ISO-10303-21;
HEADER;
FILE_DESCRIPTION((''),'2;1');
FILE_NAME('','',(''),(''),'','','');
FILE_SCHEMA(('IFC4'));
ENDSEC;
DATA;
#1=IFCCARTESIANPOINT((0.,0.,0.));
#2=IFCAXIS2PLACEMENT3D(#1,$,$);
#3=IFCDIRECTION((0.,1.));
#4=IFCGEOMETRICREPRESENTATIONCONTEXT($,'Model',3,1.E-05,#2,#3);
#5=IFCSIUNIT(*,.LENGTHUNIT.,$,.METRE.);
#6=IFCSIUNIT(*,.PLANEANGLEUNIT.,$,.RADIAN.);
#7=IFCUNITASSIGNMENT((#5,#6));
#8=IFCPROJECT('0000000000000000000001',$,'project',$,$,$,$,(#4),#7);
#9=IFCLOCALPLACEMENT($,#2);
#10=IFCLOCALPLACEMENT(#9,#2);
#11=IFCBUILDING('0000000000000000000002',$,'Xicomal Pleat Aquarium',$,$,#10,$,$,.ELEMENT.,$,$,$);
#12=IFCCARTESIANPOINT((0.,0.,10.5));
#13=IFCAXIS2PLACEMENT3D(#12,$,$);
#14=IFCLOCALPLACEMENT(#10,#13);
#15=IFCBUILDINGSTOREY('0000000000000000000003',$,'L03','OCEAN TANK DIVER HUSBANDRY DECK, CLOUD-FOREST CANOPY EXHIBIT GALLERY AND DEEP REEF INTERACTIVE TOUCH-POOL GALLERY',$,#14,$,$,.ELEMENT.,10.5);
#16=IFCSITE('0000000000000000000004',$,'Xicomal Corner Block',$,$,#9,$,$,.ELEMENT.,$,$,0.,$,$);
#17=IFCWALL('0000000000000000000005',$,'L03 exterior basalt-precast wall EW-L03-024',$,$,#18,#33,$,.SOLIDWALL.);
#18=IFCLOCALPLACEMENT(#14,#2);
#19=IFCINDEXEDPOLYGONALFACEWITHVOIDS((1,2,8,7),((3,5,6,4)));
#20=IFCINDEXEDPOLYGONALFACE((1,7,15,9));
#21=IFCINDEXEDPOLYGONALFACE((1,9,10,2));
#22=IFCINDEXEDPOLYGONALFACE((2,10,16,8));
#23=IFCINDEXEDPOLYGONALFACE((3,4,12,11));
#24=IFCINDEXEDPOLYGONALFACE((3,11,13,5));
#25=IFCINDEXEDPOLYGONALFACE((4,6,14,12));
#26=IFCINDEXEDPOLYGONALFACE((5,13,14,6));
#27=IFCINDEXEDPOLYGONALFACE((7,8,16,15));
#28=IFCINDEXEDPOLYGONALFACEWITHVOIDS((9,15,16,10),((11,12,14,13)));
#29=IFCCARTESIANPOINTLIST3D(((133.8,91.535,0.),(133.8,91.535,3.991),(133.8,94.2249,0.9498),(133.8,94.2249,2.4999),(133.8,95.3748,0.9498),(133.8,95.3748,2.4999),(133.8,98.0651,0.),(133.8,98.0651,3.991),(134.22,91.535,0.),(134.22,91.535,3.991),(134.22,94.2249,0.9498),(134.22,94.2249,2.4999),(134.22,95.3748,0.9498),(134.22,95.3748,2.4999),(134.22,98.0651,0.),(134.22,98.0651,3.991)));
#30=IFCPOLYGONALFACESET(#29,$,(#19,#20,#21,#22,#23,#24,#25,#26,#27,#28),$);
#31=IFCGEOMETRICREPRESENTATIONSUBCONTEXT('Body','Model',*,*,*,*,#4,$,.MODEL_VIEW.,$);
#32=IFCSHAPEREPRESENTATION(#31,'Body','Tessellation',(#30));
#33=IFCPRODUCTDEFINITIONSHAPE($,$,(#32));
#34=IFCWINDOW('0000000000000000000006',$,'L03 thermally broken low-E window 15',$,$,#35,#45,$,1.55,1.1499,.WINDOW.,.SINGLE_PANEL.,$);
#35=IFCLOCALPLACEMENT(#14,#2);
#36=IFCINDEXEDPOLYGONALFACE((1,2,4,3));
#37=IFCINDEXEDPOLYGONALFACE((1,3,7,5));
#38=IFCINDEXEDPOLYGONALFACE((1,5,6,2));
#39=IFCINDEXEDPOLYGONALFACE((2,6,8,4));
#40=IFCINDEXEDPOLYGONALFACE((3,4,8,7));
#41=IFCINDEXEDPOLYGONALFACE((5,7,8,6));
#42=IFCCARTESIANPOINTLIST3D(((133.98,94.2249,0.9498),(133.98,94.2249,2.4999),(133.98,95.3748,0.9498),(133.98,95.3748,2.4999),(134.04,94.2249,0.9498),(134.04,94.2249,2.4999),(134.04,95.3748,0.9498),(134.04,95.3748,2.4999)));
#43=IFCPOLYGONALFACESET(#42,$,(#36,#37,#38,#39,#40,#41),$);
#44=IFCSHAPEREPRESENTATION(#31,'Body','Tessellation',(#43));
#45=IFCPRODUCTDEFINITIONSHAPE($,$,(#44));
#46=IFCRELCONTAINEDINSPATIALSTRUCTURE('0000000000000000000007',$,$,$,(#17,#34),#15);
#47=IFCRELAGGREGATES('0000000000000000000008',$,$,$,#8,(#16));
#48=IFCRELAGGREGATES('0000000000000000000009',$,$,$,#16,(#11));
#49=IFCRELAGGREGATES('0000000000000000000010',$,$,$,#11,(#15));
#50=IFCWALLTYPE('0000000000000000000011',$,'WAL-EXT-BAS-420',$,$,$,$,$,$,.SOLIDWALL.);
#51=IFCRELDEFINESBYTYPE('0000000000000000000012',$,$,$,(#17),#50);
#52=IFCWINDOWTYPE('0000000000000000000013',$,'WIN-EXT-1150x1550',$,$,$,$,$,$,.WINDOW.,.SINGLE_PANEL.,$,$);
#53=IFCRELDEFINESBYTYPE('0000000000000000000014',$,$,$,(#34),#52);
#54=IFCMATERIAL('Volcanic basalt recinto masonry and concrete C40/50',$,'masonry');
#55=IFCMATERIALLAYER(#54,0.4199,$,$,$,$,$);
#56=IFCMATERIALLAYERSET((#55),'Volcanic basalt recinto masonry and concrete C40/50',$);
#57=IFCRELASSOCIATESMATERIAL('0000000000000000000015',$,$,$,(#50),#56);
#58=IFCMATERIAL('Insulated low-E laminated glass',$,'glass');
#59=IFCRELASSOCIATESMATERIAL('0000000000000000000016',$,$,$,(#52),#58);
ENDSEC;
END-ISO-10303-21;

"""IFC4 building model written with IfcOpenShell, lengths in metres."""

from ifc_helpers import new_model, si_unit, direction, frame, frame_2d, origin, place, context, subcontext, project, spatial, rectangle, extrude, material, layer, layer_set, type_object, element, fill, save


model = new_model("IFC4")

# Units and contexts
model_context = context("Model", 3, precision=1e-05, world=origin(), true_north=direction((0.0, 1.0)))
body_context = subcontext(model_context, "Body", "Model", "MODEL_VIEW")
ifc_project = project(units=[si_unit("LENGTHUNIT", "METRE"), si_unit("PLANEANGLEUNIT", "RADIAN")], contexts=[model_context])

# Site, building, storey
site_placement = place(None, origin())
site = spatial("IfcSite", under=ifc_project, at=site_placement, Name="Xicomal Corner Block", CompositionType="ELEMENT", RefElevation=0.0)
building_placement = place(site_placement, origin())
building = spatial("IfcBuilding", under=site, at=building_placement, Name="Xicomal Pleat Aquarium", CompositionType="ELEMENT")
storey_placement = place(building_placement, frame((0.0, 0.0, 10.5)))
storey = spatial("IfcBuildingStorey", under=building, at=storey_placement, Name="L03", Description="OCEAN TANK DIVER HUSBANDRY DECK, CLOUD-FOREST CANOPY EXHIBIT GALLERY AND DEEP REEF INTERACTIVE TOUCH-POOL GALLERY", CompositionType="ELEMENT", Elevation=10.5)

# Wall, opening, window
ifc_material_1 = material(Name="Volcanic basalt recinto masonry and concrete C40/50", Category="masonry")
ifc_layer_1 = layer(ifc_material_1, 0.4199)
ifc_layer_set_1 = layer_set([ifc_layer_1], Name="Volcanic basalt recinto masonry and concrete C40/50")
wall_type = type_object("IfcWallType", Name="WAL-EXT-BAS-420", PredefinedType="SOLIDWALL", material=ifc_layer_set_1)
wall_placement = place(storey_placement, frame((134.01, 91.5349, 0.0), z_axis=(0.0, 0.0, 1.0), x_axis=(0.0, 1.0, 0.0)))
wall = element("IfcWall", 1, at=wall_placement, inside=storey, type_object=wall_type, Name="L03 exterior basalt-precast wall EW-L03-024", PredefinedType="SOLIDWALL", context=body_context, shape_type="SweptSolid", body=[
    extrude(rectangle(XDim=6.53, YDim=0.4199, at=frame_2d((3.2651, 0.0))), origin(), (0.0, 0.0, 1.0), 3.991),
])
opening_placement = place(wall_placement, frame((2.6899, 0.0, 0.95)))
opening = element("IfcOpeningElement", 2, at=opening_placement, cuts=wall, PredefinedType="OPENING", context=body_context, shape_type="SweptSolid", body=[
    extrude(rectangle(XDim=1.1499, YDim=1.55, at=frame_2d((0.575, 0.7749))), frame((0.0, 0.22, 0.0), z_axis=(0.0, -1.0, 0.0), x_axis=(1.0, 0.0, 0.0)), (0.0, 0.0, 1.0), 0.4399),
])
ifc_material_2 = material(Name="Insulated low-E laminated glass", Category="glass")
window_type = type_object("IfcWindowType", Name="WIN-EXT-1150x1550", PartitioningType="SINGLE_PANEL", PredefinedType="WINDOW", material=ifc_material_2)
window_placement = place(opening_placement, origin())
window = element("IfcWindow", 3, at=window_placement, inside=storey, type_object=window_type, Name="L03 thermally broken low-E window 15", OverallHeight=1.55, OverallWidth=1.1499, PartitioningType="SINGLE_PANEL", PredefinedType="WINDOW", context=body_context, shape_type="SweptSolid", body=[
    extrude(rectangle(XDim=1.1499, YDim=1.55, at=frame_2d((0.575, 0.7749))), frame((0.0, 0.03, 0.0), z_axis=(0.0, -1.0, 0.0), x_axis=(1.0, 0.0, 0.0)), (0.0, 0.0, 1.0), 0.0601),
])
fill(opening, window)

save(model, "model.ifc")
